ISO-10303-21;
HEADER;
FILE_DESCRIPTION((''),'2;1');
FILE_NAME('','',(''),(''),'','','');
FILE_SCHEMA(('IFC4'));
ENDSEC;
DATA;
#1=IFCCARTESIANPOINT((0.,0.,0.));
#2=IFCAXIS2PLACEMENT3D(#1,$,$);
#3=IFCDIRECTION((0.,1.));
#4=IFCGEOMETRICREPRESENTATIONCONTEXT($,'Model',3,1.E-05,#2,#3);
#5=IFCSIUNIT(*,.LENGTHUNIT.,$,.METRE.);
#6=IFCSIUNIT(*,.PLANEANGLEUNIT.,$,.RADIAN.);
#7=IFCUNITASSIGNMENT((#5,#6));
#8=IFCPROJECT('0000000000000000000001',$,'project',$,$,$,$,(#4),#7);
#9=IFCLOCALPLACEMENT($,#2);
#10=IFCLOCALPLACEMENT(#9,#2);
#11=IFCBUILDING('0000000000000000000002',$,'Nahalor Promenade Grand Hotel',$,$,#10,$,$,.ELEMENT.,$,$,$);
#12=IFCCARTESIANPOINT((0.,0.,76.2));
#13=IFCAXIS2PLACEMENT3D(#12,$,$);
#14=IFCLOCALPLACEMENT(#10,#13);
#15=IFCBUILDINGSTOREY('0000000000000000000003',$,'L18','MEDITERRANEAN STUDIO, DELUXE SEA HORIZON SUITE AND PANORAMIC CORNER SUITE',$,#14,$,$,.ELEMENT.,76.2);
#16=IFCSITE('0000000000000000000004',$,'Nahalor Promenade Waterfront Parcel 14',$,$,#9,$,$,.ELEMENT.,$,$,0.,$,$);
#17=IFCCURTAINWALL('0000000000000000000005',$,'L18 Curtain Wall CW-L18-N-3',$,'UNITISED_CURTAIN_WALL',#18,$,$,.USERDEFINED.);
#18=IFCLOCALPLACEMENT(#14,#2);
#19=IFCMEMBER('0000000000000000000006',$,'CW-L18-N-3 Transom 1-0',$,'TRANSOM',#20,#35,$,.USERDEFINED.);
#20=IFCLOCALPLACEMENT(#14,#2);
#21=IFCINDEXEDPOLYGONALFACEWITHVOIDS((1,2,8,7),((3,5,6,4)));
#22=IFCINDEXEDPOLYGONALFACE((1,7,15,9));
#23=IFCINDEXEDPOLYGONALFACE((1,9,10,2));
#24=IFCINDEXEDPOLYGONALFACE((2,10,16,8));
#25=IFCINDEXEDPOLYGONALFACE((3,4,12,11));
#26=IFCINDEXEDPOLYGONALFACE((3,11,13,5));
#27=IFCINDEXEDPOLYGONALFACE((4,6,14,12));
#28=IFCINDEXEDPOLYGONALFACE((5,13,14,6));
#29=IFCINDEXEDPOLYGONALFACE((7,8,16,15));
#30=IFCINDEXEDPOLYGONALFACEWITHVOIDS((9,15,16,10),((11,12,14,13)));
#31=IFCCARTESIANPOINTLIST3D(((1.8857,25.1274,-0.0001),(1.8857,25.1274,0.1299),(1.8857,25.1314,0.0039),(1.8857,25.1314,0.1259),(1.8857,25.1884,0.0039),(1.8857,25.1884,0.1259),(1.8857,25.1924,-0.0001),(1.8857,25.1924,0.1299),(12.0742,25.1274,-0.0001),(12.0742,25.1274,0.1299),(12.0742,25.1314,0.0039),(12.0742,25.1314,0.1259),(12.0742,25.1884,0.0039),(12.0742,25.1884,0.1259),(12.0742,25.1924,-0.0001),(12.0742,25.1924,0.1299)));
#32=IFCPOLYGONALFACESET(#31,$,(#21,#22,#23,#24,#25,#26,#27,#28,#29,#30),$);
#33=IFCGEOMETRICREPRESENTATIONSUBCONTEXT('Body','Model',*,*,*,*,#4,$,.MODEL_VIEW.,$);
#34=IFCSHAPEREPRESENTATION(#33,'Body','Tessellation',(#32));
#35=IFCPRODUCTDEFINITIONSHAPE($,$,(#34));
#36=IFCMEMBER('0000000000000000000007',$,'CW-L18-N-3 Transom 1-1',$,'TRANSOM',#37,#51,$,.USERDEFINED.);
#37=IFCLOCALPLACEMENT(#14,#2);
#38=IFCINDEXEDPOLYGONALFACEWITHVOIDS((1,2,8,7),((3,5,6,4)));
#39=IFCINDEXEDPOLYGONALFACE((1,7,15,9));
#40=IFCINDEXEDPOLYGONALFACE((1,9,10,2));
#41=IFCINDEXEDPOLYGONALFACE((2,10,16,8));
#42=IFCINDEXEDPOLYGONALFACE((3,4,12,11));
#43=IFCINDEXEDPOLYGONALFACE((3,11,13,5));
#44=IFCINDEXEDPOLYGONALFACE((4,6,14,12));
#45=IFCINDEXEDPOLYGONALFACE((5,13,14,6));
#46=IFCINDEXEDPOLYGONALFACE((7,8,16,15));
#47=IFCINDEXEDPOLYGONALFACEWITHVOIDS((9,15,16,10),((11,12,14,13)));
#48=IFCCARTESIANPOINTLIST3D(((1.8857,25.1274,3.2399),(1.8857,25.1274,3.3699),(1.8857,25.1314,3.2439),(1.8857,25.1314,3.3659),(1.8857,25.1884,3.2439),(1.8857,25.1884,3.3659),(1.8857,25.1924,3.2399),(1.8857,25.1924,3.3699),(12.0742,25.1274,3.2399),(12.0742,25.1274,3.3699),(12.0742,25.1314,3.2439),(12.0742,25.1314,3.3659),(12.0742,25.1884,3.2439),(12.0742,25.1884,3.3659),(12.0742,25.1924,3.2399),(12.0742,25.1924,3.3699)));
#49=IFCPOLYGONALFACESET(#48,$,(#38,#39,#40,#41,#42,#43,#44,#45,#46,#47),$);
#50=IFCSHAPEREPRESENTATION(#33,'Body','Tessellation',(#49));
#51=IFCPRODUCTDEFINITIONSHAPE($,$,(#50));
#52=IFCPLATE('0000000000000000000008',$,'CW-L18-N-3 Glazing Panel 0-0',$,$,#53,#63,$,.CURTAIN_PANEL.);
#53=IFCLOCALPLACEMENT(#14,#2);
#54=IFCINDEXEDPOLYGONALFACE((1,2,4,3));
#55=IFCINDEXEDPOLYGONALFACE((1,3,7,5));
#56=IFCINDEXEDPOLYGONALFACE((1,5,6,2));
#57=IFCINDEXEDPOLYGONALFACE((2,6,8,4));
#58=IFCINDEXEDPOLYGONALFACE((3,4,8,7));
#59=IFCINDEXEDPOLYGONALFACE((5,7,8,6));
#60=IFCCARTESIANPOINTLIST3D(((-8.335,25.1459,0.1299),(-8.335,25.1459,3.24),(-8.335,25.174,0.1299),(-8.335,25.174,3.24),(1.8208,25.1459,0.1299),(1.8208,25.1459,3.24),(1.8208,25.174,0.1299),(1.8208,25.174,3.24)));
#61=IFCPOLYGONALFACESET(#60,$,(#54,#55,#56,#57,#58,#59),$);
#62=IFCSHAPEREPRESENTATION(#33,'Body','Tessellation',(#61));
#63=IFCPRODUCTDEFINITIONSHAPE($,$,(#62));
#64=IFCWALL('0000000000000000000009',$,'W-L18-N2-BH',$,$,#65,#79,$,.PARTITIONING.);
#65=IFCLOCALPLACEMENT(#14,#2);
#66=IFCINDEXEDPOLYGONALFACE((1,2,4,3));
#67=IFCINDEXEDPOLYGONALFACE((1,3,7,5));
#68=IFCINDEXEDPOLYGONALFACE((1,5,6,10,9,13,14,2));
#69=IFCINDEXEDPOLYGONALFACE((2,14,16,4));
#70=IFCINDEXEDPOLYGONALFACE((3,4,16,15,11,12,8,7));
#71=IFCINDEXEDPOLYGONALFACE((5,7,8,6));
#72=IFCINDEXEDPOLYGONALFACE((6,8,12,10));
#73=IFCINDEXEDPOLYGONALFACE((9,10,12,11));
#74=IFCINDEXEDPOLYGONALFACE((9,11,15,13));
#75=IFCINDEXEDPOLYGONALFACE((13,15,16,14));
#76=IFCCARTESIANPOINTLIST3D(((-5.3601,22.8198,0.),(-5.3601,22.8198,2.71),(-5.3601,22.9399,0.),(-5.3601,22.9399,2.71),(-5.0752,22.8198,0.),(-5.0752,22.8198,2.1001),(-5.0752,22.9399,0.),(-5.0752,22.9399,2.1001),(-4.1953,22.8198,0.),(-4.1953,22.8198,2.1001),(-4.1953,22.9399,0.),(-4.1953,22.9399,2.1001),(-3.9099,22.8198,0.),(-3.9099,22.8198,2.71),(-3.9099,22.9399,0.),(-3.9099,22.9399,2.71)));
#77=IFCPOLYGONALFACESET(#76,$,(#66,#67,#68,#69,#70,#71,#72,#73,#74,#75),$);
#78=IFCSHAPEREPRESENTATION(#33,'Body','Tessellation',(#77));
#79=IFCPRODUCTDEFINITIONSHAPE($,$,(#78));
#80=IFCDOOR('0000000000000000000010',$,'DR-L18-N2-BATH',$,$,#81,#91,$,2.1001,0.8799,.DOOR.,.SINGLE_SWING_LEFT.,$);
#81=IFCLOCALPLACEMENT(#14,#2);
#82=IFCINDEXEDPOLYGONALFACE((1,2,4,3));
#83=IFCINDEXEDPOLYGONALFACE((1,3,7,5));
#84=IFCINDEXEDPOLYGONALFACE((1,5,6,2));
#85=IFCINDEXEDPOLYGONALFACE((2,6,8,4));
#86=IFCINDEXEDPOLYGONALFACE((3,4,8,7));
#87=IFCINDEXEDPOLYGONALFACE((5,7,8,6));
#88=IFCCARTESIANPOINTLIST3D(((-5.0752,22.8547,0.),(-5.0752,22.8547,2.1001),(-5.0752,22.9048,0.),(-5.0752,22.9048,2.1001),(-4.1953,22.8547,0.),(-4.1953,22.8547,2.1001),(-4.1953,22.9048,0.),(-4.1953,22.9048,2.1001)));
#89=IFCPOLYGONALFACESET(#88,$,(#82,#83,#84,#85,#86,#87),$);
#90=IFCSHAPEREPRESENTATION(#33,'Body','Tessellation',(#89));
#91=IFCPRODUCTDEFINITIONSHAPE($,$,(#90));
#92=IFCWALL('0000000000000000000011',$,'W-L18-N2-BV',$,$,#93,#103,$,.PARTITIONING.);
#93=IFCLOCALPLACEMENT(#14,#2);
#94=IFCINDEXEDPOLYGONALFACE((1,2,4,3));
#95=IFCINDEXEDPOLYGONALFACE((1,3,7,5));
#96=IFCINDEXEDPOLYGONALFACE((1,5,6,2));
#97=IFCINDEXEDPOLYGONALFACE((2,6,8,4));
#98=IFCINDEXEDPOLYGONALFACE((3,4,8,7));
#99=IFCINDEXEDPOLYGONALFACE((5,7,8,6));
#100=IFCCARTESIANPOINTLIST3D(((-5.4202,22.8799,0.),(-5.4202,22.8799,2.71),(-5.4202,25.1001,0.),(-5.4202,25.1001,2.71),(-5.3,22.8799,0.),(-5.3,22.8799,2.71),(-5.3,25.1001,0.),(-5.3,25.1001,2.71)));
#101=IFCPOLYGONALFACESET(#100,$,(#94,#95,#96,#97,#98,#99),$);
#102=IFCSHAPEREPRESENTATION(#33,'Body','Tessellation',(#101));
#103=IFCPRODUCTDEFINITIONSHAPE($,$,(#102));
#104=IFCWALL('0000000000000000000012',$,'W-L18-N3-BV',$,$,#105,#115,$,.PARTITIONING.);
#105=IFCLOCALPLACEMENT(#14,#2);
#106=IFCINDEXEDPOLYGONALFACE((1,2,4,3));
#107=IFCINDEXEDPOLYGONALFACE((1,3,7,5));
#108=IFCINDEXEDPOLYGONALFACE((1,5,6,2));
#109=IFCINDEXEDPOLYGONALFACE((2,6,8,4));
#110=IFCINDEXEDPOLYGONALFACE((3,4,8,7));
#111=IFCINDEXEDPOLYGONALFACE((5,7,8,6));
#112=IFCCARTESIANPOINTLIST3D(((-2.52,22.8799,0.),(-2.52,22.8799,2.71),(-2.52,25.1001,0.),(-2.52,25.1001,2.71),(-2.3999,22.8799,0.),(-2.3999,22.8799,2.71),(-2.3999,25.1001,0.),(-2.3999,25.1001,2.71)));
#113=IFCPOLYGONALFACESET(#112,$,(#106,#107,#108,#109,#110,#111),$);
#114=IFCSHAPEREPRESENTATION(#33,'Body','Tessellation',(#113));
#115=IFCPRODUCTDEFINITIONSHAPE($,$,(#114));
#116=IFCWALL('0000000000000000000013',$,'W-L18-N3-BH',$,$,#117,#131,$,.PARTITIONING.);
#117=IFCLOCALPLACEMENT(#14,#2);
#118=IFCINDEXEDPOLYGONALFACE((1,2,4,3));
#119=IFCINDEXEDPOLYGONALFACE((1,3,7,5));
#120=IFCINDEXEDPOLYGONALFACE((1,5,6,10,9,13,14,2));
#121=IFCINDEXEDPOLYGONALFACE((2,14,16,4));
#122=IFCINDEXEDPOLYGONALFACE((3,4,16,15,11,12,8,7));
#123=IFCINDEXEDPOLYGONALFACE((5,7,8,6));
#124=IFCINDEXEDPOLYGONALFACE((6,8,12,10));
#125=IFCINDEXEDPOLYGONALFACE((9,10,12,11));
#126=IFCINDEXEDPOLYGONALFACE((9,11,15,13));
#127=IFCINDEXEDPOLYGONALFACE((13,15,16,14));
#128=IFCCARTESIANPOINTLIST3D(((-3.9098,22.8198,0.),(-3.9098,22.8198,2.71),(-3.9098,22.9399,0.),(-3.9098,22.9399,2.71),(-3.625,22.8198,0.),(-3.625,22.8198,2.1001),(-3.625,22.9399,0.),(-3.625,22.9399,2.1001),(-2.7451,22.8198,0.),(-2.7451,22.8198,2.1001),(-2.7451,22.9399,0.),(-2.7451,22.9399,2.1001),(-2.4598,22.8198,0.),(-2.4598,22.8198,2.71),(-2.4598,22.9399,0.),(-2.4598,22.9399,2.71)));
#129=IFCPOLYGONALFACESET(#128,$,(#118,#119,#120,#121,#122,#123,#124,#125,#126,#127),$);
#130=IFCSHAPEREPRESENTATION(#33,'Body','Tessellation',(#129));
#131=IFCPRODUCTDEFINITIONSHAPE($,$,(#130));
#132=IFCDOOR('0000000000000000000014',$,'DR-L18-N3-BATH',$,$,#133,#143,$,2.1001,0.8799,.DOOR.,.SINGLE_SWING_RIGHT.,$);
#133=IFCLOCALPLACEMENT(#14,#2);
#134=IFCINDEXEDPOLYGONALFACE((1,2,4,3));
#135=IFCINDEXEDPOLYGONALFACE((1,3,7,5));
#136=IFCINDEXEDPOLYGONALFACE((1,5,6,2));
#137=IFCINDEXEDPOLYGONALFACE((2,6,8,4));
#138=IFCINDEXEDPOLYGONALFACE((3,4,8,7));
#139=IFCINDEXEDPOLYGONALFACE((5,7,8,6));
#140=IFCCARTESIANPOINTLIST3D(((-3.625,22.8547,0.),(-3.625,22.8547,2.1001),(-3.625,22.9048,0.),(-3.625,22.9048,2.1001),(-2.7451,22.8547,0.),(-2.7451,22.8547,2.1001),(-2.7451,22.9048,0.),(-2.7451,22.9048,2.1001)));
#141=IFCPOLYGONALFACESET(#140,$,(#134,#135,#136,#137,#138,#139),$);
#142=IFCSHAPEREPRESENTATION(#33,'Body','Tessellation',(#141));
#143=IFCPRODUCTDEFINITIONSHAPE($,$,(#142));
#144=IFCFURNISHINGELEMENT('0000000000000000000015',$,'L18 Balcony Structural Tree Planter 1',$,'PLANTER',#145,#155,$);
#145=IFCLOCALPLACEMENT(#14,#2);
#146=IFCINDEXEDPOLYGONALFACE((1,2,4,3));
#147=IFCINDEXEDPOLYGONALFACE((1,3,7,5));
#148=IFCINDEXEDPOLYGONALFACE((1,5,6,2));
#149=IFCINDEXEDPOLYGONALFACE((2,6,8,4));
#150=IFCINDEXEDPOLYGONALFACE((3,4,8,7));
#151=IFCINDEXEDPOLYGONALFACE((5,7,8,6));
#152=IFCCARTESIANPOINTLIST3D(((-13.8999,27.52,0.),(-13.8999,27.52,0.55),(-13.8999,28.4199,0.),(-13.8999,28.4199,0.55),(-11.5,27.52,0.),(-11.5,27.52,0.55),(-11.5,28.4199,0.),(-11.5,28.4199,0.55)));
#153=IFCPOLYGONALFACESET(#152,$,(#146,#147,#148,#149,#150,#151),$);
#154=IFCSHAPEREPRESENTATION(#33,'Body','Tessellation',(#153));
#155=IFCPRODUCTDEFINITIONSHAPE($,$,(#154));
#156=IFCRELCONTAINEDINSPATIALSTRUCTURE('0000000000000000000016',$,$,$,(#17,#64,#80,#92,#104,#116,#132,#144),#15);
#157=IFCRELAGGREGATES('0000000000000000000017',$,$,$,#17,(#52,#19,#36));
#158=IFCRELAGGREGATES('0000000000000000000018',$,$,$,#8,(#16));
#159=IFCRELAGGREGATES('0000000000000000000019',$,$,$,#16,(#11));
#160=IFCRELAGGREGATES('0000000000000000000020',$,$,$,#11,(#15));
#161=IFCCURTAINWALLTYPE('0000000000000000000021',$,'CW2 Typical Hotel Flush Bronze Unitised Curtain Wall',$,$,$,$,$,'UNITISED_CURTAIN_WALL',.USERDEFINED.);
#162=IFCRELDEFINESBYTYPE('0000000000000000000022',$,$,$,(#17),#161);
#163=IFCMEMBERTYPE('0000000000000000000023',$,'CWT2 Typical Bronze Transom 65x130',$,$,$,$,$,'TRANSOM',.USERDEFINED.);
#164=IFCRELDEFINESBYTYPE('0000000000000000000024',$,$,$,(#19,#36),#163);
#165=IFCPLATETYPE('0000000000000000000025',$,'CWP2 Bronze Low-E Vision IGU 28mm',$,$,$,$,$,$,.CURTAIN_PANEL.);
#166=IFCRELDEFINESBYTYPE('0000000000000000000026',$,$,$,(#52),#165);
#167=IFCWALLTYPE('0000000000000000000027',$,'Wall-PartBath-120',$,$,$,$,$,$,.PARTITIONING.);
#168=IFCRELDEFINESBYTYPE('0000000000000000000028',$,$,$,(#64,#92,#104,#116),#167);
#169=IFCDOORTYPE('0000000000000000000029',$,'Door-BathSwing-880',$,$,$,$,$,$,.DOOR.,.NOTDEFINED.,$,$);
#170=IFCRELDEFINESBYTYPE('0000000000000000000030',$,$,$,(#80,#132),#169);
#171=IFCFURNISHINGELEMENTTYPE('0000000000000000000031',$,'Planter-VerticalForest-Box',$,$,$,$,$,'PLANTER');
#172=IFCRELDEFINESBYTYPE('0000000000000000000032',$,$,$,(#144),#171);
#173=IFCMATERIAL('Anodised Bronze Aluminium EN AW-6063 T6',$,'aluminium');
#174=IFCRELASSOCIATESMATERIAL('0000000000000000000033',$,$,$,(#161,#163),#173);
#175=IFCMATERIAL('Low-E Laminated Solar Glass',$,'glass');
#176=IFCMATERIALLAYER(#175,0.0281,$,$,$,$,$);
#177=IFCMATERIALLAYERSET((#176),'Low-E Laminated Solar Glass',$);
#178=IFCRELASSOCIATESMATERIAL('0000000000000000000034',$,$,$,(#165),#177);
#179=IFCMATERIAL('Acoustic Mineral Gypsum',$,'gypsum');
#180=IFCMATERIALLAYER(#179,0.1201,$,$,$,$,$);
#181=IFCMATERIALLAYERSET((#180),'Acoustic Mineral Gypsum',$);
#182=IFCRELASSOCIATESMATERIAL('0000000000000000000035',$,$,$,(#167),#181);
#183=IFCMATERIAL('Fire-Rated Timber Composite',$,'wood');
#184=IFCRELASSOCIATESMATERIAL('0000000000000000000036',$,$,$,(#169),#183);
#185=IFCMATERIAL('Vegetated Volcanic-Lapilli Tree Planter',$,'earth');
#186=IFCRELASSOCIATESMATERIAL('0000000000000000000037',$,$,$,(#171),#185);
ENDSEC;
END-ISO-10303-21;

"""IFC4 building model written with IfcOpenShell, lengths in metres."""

from ifc_helpers import new_model, si_unit, direction, frame, frame_2d, origin, origin_2d, place, context, subcontext, project, spatial, rectangle, hollow_rectangle, extrude, source, transform, mapped, material, layer, layer_set, material_profile, profile_set, type_object, element, fill, aggregate, save


model = new_model("IFC4")

# Units and contexts
model_context = context("Model", 3, precision=1e-05, world=origin(), true_north=direction((0.0, 1.0)))
body_context = subcontext(model_context, "Body", "Model", "MODEL_VIEW")
ifc_project = project(units=[si_unit("LENGTHUNIT", "METRE"), si_unit("PLANEANGLEUNIT", "RADIAN")], contexts=[model_context])

# Site, building, storey
site_placement = place(None, origin())
site = spatial("IfcSite", under=ifc_project, at=site_placement, Name="Nahalor Promenade Waterfront Parcel 14", CompositionType="ELEMENT", RefElevation=0.0)
building_placement = place(site_placement, origin())
building = spatial("IfcBuilding", under=site, at=building_placement, Name="Nahalor Promenade Grand Hotel", CompositionType="ELEMENT")
storey_placement = place(building_placement, frame((0.0, 0.0, 76.2)))
storey = spatial("IfcBuildingStorey", under=building, at=storey_placement, Name="L18", Description="MEDITERRANEAN STUDIO, DELUXE SEA HORIZON SUITE AND PANORAMIC CORNER SUITE", CompositionType="ELEMENT", Elevation=76.2)

# Curtain wall, members, plate
ifc_material_1 = material(Name="Anodised Bronze Aluminium EN AW-6063 T6", Category="aluminium")
curtain_wall_type = type_object("IfcCurtainWallType", Name="CW2 Typical Hotel Flush Bronze Unitised Curtain Wall", ElementType="UNITISED_CURTAIN_WALL", PredefinedType="USERDEFINED", material=ifc_material_1)
curtain_wall_placement = place(storey_placement, origin())
curtain_wall = element("IfcCurtainWall", 1, at=curtain_wall_placement, inside=storey, type_object=curtain_wall_type, Name="L18 Curtain Wall CW-L18-N-3", ObjectType="UNITISED_CURTAIN_WALL", PredefinedType="USERDEFINED")
ifc_material_profile_1 = material_profile(ifc_material_1, hollow_rectangle(XDim=0.065, YDim=0.13, WallThickness=0.004, at=origin_2d()), Name="CWT 65x130x4")
ifc_profile_set_1 = profile_set([ifc_material_profile_1], Name="Anodised Bronze Aluminium EN AW-6063 T6")
member_type_1 = type_object("IfcMemberType", Name="CWT2 Typical Bronze Transom 65x130", ElementType="TRANSOM", PredefinedType="USERDEFINED", material=ifc_profile_set_1)
shared_shape_1 = source(origin(), body_context, "Body", "SweptSolid", [
    extrude(hollow_rectangle(XDim=0.065, YDim=0.13, WallThickness=0.004, at=origin_2d()), origin(), (0.0, 0.0, 1.0), 10.1885),
])
member_1_placement = place(storey_placement, frame((1.8857, 25.1599, 0.0649), z_axis=(1.0, 0.0, 0.0), x_axis=(0.0, 1.0, 0.0)))
member_1 = element("IfcMember", 2, at=member_1_placement, type_object=member_type_1, Name="CW-L18-N-3 Transom 1-0", ObjectType="TRANSOM", PredefinedType="USERDEFINED", context=body_context, shape_type="MappedRepresentation", body=[
    mapped(shared_shape_1, transform((0.0, 0.0, 0.0), scale=1.0)),
])
member_2_placement = place(storey_placement, frame((1.8857, 25.1599, 3.3049), z_axis=(1.0, 0.0, 0.0), x_axis=(0.0, 1.0, 0.0)))
member_2 = element("IfcMember", 3, at=member_2_placement, type_object=member_type_1, Name="CW-L18-N-3 Transom 1-1", ObjectType="TRANSOM", PredefinedType="USERDEFINED", context=body_context, shape_type="MappedRepresentation", body=[
    mapped(shared_shape_1, transform((0.0, 0.0, 0.0), scale=1.0)),
])
ifc_material_2 = material(Name="Low-E Laminated Solar Glass", Category="glass")
ifc_layer_1 = layer(ifc_material_2, 0.0281)
ifc_layer_set_1 = layer_set([ifc_layer_1], Name="Low-E Laminated Solar Glass")
plate_type = type_object("IfcPlateType", Name="CWP2 Bronze Low-E Vision IGU 28mm", PredefinedType="CURTAIN_PANEL", material=ifc_layer_set_1)
shared_shape_2 = source(origin(), body_context, "Body", "SweptSolid", [
    extrude(rectangle(XDim=10.1558, YDim=0.0281, at=origin_2d()), origin(), (0.0, 0.0, 1.0), 3.1101),
])
plate_placement = place(storey_placement, frame((-3.2571, 25.1599, 0.1299), z_axis=(0.0, 0.0, 1.0), x_axis=(1.0, 0.0, 0.0)))
plate = element("IfcPlate", 4, at=plate_placement, type_object=plate_type, Name="CW-L18-N-3 Glazing Panel 0-0", PredefinedType="CURTAIN_PANEL", context=body_context, shape_type="MappedRepresentation", body=[
    mapped(shared_shape_2, transform((0.0, 0.0, 0.0), scale=1.0)),
])
aggregate(curtain_wall, [plate, member_1, member_2])

# Wall, opening, door
ifc_material_3 = material(Name="Acoustic Mineral Gypsum", Category="gypsum")
ifc_layer_2 = layer(ifc_material_3, 0.1201)
ifc_layer_set_2 = layer_set([ifc_layer_2], Name="Acoustic Mineral Gypsum")
wall_type = type_object("IfcWallType", Name="Wall-PartBath-120", PredefinedType="PARTITIONING", material=ifc_layer_set_2)
shared_shape_3 = source(origin(), body_context, "Body", "SweptSolid", [
    extrude(rectangle(XDim=1.4502, YDim=0.1201, at=frame_2d((0.7251, 0.0))), origin(), (0.0, 0.0, 1.0), 2.71),
])
wall_1_placement = place(storey_placement, frame((-5.3601, 22.8799, 0.0), z_axis=(0.0, 0.0, 1.0), x_axis=(1.0, 0.0, 0.0)))
wall_1 = element("IfcWall", 5, at=wall_1_placement, inside=storey, type_object=wall_type, Name="W-L18-N2-BH", PredefinedType="PARTITIONING", context=body_context, shape_type="MappedRepresentation", body=[
    mapped(shared_shape_3, transform((0.0, 0.0, 0.0), scale=1.0)),
])
opening_1_placement = place(wall_1_placement, frame((0.2849, 0.0, 0.0)))
opening_1 = element("IfcOpeningElement", 6, at=opening_1_placement, cuts=wall_1, PredefinedType="OPENING", context=body_context, shape_type="SweptSolid", body=[
    extrude(rectangle(XDim=0.8799, YDim=2.1001, at=frame_2d((0.4399, 1.05))), frame((0.0, 0.0701, 0.0), z_axis=(0.0, -1.0, 0.0), x_axis=(1.0, 0.0, 0.0)), (0.0, 0.0, 1.0), 0.1401),
])
ifc_material_4 = material(Name="Fire-Rated Timber Composite", Category="wood")
door_type = type_object("IfcDoorType", Name="Door-BathSwing-880", OperationType="NOTDEFINED", PredefinedType="DOOR", material=ifc_material_4)
shared_shape_4 = source(origin(), body_context, "Body", "SweptSolid", [
    extrude(rectangle(XDim=0.8799, YDim=2.1001, at=frame_2d((0.4399, 1.05))), frame((0.0, 0.0249, 0.0), z_axis=(0.0, -1.0, 0.0), x_axis=(1.0, 0.0, 0.0)), (0.0, 0.0, 1.0), 0.05),
])
door_1_placement = place(opening_1_placement, origin())
door_1 = element("IfcDoor", 7, at=door_1_placement, inside=storey, type_object=door_type, Name="DR-L18-N2-BATH", OperationType="SINGLE_SWING_LEFT", OverallHeight=2.1001, OverallWidth=0.8799, PredefinedType="DOOR", context=body_context, shape_type="MappedRepresentation", body=[
    mapped(shared_shape_4, transform((0.0, 0.0, 0.0), scale=1.0)),
])
fill(opening_1, door_1)

# Walls
shared_shape_5 = source(origin(), body_context, "Body", "SweptSolid", [
    extrude(rectangle(XDim=2.2202, YDim=0.1201, at=frame_2d((1.1101, 0.0))), origin(), (0.0, 0.0, 1.0), 2.71),
])
for number, where, z_axis, x_axis, name in (
    (8, (-5.3601, 22.8799, 0.0), (0.0, 0.0, 1.0), (0.0, 1.0, 0.0), "W-L18-N2-BV"),
    (9, (-2.46, 22.8799, 0.0), (0.0, 0.0, 1.0), (0.0, 1.0, 0.0), "W-L18-N3-BV"),
):
    element("IfcWall", number, at=place(storey_placement, frame(where, z_axis=z_axis, x_axis=x_axis)), inside=storey, type_object=wall_type, Name=name, PredefinedType="PARTITIONING", context=body_context, shape_type="MappedRepresentation", body=[
        mapped(shared_shape_5, transform((0.0, 0.0, 0.0), scale=1.0)),
    ])

# Wall, opening, door
shared_shape_6 = source(origin(), body_context, "Body", "SweptSolid", [
    extrude(rectangle(XDim=1.45, YDim=0.1201, at=frame_2d((0.7251, 0.0))), origin(), (0.0, 0.0, 1.0), 2.71),
])
wall_2_placement = place(storey_placement, frame((-3.9099, 22.8799, 0.0), z_axis=(0.0, 0.0, 1.0), x_axis=(1.0, 0.0, 0.0)))
wall_2 = element("IfcWall", 10, at=wall_2_placement, inside=storey, type_object=wall_type, Name="W-L18-N3-BH", PredefinedType="PARTITIONING", context=body_context, shape_type="MappedRepresentation", body=[
    mapped(shared_shape_6, transform((0.0, 0.0, 0.0), scale=1.0)),
])
opening_2_placement = place(wall_2_placement, frame((0.2849, 0.0, 0.0)))
opening_2 = element("IfcOpeningElement", 11, at=opening_2_placement, cuts=wall_2, PredefinedType="OPENING", context=body_context, shape_type="SweptSolid", body=[
    extrude(rectangle(XDim=0.8799, YDim=2.1001, at=frame_2d((0.4399, 1.05))), frame((0.0, 0.0701, 0.0), z_axis=(0.0, -1.0, 0.0), x_axis=(1.0, 0.0, 0.0)), (0.0, 0.0, 1.0), 0.1401),
])
door_2_placement = place(opening_2_placement, origin())
door_2 = element("IfcDoor", 12, at=door_2_placement, inside=storey, type_object=door_type, Name="DR-L18-N3-BATH", OperationType="SINGLE_SWING_RIGHT", OverallHeight=2.1001, OverallWidth=0.8799, PredefinedType="DOOR", context=body_context, shape_type="MappedRepresentation", body=[
    mapped(shared_shape_4, transform((0.0, 0.0, 0.0), scale=1.0)),
])
fill(opening_2, door_2)

# Furnishing element
ifc_material_5 = material(Name="Vegetated Volcanic-Lapilli Tree Planter", Category="earth")
furnishing_element_type = type_object("IfcFurnishingElementType", Name="Planter-VerticalForest-Box", ElementType="PLANTER", material=ifc_material_5)
shared_shape_7 = source(origin(), body_context, "Body", "SweptSolid", [
    extrude(rectangle(XDim=2.3999, YDim=0.8999, at=origin_2d()), origin(), (0.0, 0.0, 1.0), 0.55),
])
furnishing_placement = place(storey_placement, frame((-12.7, 27.97, 0.0), z_axis=(0.0, 0.0, 1.0), x_axis=(1.0, 0.0, 0.0)))
element("IfcFurnishingElement", 13, at=furnishing_placement, inside=storey, type_object=furnishing_element_type, Name="L18 Balcony Structural Tree Planter 1", ObjectType="PLANTER", context=body_context, shape_type="MappedRepresentation", body=[
    mapped(shared_shape_7, transform((0.0, 0.0, 0.0), scale=1.0)),
])

save(model, "model.ifc")
